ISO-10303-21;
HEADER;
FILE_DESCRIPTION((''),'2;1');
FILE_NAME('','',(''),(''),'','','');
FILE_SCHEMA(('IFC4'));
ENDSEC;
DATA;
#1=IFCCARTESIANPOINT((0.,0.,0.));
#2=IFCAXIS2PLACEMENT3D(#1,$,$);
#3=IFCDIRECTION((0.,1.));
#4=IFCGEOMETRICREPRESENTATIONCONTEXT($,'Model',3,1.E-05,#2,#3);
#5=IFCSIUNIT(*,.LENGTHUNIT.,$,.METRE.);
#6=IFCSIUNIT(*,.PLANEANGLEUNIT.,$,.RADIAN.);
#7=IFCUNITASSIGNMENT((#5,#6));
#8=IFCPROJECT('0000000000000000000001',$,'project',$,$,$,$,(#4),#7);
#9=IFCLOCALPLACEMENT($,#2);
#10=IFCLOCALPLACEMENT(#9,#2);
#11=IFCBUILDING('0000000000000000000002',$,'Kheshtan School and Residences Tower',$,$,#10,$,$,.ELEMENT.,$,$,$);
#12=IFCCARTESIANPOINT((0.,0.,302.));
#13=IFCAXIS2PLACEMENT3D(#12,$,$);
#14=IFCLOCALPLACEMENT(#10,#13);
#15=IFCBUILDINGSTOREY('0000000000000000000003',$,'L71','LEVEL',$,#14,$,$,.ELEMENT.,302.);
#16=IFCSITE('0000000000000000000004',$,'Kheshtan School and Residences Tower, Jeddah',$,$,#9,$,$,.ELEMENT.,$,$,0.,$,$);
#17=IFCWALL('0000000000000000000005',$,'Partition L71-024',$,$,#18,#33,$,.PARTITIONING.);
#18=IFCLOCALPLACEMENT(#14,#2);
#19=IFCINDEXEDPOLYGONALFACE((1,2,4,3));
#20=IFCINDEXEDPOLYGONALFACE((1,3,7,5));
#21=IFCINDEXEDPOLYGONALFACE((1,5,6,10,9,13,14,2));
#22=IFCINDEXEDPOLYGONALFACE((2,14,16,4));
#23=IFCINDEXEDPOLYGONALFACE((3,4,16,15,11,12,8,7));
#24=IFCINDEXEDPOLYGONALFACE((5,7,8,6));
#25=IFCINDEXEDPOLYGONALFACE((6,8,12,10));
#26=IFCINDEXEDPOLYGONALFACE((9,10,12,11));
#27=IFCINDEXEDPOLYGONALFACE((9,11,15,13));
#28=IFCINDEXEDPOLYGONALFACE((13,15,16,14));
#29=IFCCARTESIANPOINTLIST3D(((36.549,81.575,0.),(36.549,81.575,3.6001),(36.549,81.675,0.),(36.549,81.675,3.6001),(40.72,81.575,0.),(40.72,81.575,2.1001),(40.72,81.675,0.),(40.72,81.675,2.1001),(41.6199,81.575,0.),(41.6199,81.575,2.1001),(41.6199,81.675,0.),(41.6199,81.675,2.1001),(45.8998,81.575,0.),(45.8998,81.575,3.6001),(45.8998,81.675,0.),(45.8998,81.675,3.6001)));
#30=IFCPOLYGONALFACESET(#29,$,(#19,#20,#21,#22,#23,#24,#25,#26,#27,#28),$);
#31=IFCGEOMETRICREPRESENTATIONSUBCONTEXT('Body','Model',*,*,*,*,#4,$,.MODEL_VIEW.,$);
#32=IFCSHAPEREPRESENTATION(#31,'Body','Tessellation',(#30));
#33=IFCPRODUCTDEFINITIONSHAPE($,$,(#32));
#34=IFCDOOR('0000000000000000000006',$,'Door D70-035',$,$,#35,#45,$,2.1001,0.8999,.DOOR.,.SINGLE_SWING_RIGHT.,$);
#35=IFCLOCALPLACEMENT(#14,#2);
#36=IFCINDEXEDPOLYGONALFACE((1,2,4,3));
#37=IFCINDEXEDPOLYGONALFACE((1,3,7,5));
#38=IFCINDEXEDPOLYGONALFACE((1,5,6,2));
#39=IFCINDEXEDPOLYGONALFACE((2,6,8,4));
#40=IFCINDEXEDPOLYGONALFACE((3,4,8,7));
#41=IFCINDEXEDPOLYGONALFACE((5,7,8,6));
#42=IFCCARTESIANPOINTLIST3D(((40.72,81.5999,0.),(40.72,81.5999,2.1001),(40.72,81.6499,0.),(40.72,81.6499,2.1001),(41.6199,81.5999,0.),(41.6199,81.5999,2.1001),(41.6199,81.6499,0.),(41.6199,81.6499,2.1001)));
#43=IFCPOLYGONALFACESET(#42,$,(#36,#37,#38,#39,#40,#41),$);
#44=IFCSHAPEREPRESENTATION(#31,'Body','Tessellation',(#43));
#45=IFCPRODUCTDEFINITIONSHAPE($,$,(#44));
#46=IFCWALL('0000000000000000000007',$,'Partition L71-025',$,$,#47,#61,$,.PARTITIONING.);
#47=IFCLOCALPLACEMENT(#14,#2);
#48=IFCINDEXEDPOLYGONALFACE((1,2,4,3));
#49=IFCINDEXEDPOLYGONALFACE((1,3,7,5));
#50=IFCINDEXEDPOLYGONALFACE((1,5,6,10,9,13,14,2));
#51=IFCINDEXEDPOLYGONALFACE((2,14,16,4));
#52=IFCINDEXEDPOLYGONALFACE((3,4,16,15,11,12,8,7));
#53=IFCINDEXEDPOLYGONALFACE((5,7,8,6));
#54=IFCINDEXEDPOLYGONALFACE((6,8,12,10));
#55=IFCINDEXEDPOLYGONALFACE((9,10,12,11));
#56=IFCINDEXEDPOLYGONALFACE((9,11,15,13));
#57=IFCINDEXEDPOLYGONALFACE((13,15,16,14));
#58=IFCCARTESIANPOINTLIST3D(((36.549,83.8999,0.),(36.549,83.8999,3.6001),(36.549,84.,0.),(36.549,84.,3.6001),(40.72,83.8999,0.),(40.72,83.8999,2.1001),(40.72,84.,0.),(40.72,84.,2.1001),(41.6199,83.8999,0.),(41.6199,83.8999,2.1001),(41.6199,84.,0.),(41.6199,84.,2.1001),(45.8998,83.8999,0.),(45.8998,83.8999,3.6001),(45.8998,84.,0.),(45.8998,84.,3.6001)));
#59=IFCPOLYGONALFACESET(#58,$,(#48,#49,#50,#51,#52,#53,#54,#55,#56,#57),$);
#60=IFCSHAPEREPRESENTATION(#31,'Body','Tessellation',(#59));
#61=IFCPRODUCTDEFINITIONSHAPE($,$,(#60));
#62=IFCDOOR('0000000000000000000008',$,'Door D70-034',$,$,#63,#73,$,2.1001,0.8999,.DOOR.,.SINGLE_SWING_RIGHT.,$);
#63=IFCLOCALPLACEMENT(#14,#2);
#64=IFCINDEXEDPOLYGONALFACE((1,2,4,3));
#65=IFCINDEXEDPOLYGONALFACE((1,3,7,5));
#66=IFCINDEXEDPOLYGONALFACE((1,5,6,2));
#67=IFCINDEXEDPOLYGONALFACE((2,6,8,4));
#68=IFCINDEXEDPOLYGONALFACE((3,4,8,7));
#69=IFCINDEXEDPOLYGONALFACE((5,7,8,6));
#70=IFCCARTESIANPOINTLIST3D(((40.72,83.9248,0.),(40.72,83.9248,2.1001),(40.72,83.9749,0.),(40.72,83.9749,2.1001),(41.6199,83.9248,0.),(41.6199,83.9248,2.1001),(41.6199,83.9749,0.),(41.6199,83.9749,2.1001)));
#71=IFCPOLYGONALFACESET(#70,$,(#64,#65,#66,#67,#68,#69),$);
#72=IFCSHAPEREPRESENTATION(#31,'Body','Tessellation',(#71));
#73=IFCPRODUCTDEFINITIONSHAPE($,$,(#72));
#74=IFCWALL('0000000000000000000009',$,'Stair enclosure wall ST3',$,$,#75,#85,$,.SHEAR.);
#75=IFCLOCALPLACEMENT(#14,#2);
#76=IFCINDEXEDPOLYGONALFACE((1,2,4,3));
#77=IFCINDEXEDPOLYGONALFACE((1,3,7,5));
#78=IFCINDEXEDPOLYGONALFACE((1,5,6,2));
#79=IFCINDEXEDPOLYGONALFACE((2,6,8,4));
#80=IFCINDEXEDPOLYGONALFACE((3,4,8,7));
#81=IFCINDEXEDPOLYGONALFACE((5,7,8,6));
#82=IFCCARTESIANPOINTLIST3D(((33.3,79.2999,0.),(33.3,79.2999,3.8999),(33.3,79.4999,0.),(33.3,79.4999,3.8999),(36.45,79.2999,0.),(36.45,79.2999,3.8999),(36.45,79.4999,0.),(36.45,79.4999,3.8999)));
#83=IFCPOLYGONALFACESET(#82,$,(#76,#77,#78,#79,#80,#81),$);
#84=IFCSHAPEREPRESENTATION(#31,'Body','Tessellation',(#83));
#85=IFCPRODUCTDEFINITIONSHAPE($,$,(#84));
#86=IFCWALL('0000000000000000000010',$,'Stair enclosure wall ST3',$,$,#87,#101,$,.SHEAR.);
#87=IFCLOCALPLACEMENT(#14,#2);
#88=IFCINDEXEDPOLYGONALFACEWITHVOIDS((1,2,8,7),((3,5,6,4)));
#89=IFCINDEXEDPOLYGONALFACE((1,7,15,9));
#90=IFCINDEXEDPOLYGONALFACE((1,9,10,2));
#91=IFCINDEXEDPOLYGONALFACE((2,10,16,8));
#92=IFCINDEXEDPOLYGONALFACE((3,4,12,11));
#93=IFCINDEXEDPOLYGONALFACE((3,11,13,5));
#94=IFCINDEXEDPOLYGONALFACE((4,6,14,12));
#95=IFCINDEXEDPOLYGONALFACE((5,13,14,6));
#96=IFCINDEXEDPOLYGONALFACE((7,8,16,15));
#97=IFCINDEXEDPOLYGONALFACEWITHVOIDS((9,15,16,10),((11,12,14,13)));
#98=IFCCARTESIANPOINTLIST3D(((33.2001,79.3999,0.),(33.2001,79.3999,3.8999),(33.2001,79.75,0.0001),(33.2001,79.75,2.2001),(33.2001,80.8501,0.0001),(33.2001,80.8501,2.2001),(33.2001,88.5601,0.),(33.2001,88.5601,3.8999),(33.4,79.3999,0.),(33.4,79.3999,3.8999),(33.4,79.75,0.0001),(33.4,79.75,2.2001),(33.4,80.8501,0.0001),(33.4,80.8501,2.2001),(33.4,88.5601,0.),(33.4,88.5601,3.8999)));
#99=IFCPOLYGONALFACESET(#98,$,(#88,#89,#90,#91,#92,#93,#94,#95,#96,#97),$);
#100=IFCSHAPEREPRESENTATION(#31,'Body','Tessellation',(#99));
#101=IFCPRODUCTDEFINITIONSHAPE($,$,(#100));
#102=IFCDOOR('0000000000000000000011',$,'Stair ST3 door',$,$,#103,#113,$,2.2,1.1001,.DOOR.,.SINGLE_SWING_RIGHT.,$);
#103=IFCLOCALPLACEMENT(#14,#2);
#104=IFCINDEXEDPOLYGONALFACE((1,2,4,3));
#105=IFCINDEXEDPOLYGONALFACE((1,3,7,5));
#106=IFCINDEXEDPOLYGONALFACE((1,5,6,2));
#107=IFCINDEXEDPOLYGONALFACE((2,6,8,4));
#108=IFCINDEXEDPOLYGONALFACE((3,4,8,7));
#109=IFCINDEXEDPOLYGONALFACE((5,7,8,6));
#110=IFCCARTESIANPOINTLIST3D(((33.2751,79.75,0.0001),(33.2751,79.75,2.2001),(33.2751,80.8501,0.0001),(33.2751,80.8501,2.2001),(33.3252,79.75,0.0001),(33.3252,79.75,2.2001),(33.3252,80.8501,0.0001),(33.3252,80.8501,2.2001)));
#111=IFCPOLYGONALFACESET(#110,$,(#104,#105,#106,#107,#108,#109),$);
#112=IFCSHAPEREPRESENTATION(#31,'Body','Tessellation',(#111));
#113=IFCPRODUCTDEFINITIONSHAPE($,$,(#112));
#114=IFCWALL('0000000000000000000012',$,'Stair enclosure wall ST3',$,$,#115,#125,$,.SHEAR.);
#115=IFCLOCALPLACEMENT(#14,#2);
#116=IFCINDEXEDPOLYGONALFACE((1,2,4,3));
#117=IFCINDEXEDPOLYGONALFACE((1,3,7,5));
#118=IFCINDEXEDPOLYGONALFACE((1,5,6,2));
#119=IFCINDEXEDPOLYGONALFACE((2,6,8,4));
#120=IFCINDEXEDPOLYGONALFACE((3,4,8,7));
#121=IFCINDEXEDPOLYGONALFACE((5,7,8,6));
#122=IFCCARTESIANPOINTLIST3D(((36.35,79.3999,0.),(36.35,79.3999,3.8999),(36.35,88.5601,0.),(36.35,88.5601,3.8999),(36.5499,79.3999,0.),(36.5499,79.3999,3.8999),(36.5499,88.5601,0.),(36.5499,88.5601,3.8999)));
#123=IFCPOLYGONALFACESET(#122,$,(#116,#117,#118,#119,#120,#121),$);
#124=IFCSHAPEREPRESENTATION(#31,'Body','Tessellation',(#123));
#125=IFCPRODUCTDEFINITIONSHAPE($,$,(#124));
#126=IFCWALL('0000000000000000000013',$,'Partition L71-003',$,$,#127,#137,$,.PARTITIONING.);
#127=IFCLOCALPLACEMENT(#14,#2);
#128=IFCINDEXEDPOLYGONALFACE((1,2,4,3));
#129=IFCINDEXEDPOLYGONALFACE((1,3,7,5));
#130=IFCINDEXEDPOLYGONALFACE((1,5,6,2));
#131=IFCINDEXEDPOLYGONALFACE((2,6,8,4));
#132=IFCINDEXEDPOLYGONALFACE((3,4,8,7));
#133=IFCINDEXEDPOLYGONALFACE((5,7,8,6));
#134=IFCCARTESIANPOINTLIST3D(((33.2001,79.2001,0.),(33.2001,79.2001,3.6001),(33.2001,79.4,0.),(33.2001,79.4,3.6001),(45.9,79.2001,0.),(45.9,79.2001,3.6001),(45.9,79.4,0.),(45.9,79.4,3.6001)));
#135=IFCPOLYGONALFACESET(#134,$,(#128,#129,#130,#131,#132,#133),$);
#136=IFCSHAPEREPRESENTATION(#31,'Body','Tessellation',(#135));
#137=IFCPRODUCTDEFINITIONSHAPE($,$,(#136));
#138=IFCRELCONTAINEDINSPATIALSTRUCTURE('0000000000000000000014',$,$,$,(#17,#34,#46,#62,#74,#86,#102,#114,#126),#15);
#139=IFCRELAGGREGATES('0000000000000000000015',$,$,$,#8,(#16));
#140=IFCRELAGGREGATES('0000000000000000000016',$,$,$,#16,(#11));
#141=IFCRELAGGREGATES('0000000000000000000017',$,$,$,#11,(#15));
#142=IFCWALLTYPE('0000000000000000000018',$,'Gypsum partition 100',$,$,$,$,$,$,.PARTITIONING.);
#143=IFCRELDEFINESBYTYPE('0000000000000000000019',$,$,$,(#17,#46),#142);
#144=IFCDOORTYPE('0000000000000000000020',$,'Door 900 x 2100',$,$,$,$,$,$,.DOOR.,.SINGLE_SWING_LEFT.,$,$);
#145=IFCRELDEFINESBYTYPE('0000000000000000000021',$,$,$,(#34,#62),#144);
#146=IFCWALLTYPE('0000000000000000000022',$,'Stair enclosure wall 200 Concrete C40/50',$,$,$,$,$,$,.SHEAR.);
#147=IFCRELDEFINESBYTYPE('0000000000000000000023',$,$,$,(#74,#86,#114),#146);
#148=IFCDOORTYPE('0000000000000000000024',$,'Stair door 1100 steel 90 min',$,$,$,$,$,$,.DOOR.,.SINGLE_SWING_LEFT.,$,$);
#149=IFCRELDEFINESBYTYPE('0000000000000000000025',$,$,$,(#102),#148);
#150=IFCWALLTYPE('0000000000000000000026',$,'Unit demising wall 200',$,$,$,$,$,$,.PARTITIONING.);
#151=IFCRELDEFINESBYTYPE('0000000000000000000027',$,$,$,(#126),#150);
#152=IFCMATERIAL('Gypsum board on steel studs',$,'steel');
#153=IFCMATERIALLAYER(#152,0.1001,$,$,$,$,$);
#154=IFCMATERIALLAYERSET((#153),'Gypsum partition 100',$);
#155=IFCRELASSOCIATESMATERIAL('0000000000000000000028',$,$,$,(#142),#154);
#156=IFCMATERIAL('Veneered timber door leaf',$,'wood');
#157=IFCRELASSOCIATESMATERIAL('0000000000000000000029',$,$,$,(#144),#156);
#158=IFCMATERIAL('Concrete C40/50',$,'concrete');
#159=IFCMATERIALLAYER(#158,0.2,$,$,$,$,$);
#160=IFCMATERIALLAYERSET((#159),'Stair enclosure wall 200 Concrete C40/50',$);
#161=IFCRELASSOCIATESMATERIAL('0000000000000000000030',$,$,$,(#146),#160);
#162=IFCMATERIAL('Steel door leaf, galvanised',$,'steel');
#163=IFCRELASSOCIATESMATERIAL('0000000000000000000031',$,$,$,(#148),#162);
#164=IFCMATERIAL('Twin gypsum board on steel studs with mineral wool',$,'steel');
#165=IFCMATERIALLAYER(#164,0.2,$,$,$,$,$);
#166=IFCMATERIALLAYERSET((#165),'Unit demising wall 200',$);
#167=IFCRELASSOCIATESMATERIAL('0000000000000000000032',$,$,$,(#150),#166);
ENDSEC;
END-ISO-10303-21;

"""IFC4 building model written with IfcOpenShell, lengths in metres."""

from ifc_helpers import new_model, si_unit, direction, frame, frame_2d, origin, place, context, subcontext, project, spatial, rectangle, extrude, source, transform, mapped, material, layer, layer_set, type_object, element, fill, save


model = new_model("IFC4")

# Units and contexts
model_context = context("Model", 3, precision=1e-05, world=origin(), true_north=direction((0.0, 1.0)))
body_context = subcontext(model_context, "Body", "Model", "MODEL_VIEW")
ifc_project = project(units=[si_unit("LENGTHUNIT", "METRE"), si_unit("PLANEANGLEUNIT", "RADIAN")], contexts=[model_context])

# Site, building, storey
site_placement = place(None, origin())
site = spatial("IfcSite", under=ifc_project, at=site_placement, Name="Kheshtan School and Residences Tower, Jeddah", CompositionType="ELEMENT", RefElevation=0.0)
building_placement = place(site_placement, origin())
building = spatial("IfcBuilding", under=site, at=building_placement, Name="Kheshtan School and Residences Tower", CompositionType="ELEMENT")
storey_placement = place(building_placement, frame((0.0, 0.0, 302.0)))
storey = spatial("IfcBuildingStorey", under=building, at=storey_placement, Name="L71", Description="LEVEL", CompositionType="ELEMENT", Elevation=302.0)

# Walls, openings, doors
ifc_material_1 = material(Name="Gypsum board on steel studs", Category="steel")
ifc_layer_1 = layer(ifc_material_1, 0.1001)
ifc_layer_set_1 = layer_set([ifc_layer_1], Name="Gypsum partition 100")
wall_type_1 = type_object("IfcWallType", Name="Gypsum partition 100", PredefinedType="PARTITIONING", material=ifc_layer_set_1)
wall_1_placement = place(storey_placement, frame((36.5491, 81.625, 0.0), z_axis=(0.0, 0.0, 1.0), x_axis=(1.0, 0.0, 0.0)))
wall_1 = element("IfcWall", 1, at=wall_1_placement, inside=storey, type_object=wall_type_1, Name="Partition L71-024", PredefinedType="PARTITIONING", context=body_context, shape_type="SweptSolid", body=[
    extrude(rectangle(XDim=9.3508, YDim=0.1001, at=frame_2d((4.6753, 0.0))), origin(), (0.0, 0.0, 1.0), 3.6001),
])
opening_1_placement = place(wall_1_placement, frame((4.1709, 0.0, 0.0)))
opening_1 = element("IfcOpeningElement", 2, at=opening_1_placement, cuts=wall_1, PredefinedType="OPENING", context=body_context, shape_type="SweptSolid", body=[
    extrude(rectangle(XDim=0.8999, YDim=2.1001, at=frame_2d((0.45, 1.05))), frame((0.0, 0.0601, 0.0), z_axis=(0.0, -1.0, 0.0), x_axis=(1.0, 0.0, 0.0)), (0.0, 0.0, 1.0), 0.1201),
])
ifc_material_2 = material(Name="Veneered timber door leaf", Category="wood")
door_type_1 = type_object("IfcDoorType", Name="Door 900 x 2100", OperationType="SINGLE_SWING_LEFT", PredefinedType="DOOR", material=ifc_material_2)
shared_shape_1 = source(origin(), body_context, "Body", "SweptSolid", [
    extrude(rectangle(XDim=0.8999, YDim=2.1001, at=frame_2d((0.45, 1.05))), frame((0.0, 0.0249, 0.0), z_axis=(0.0, -1.0, 0.0), x_axis=(1.0, 0.0, 0.0)), (0.0, 0.0, 1.0), 0.05),
])
door_1_placement = place(opening_1_placement, origin())
door_1 = element("IfcDoor", 3, at=door_1_placement, inside=storey, type_object=door_type_1, Name="Door D70-035", OperationType="SINGLE_SWING_RIGHT", OverallHeight=2.1001, OverallWidth=0.8999, PredefinedType="DOOR", context=body_context, shape_type="MappedRepresentation", body=[
    mapped(shared_shape_1, transform((0.0, 0.0, 0.0), x_axis=(1.0, 0.0, 0.0), y_axis=(0.0, 1.0, 0.0), z_axis=(0.0, 0.0, 1.0), scale=1.0)),
])
fill(opening_1, door_1)
wall_2_placement = place(storey_placement, frame((36.5491, 83.95, 0.0), z_axis=(0.0, 0.0, 1.0), x_axis=(1.0, 0.0, 0.0)))
wall_2 = element("IfcWall", 4, at=wall_2_placement, inside=storey, type_object=wall_type_1, Name="Partition L71-025", PredefinedType="PARTITIONING", context=body_context, shape_type="SweptSolid", body=[
    extrude(rectangle(XDim=9.3508, YDim=0.1001, at=frame_2d((4.6753, 0.0))), origin(), (0.0, 0.0, 1.0), 3.6001),
])
opening_2_placement = place(wall_2_placement, frame((4.1709, 0.0, 0.0)))
opening_2 = element("IfcOpeningElement", 5, at=opening_2_placement, cuts=wall_2, PredefinedType="OPENING", context=body_context, shape_type="SweptSolid", body=[
    extrude(rectangle(XDim=0.8999, YDim=2.1001, at=frame_2d((0.45, 1.05))), frame((0.0, 0.0601, 0.0), z_axis=(0.0, -1.0, 0.0), x_axis=(1.0, 0.0, 0.0)), (0.0, 0.0, 1.0), 0.1201),
])
door_2_placement = place(opening_2_placement, origin())
door_2 = element("IfcDoor", 6, at=door_2_placement, inside=storey, type_object=door_type_1, Name="Door D70-034", OperationType="SINGLE_SWING_RIGHT", OverallHeight=2.1001, OverallWidth=0.8999, PredefinedType="DOOR", context=body_context, shape_type="MappedRepresentation", body=[
    mapped(shared_shape_1, transform((0.0, 0.0, 0.0), x_axis=(1.0, 0.0, 0.0), y_axis=(0.0, 1.0, 0.0), z_axis=(0.0, 0.0, 1.0), scale=1.0)),
])
fill(opening_2, door_2)

# Wall
ifc_material_3 = material(Name="Concrete C40/50", Category="concrete")
ifc_layer_2 = layer(ifc_material_3, 0.2)
ifc_layer_set_2 = layer_set([ifc_layer_2], Name="Stair enclosure wall 200 Concrete C40/50")
wall_type_2 = type_object("IfcWallType", Name="Stair enclosure wall 200 Concrete C40/50", PredefinedType="SHEAR", material=ifc_layer_set_2)
wall_3_placement = place(storey_placement, frame((33.3, 79.3999, 0.0), z_axis=(0.0, 0.0, 1.0), x_axis=(1.0, 0.0, 0.0)))
element("IfcWall", 7, at=wall_3_placement, inside=storey, type_object=wall_type_2, Name="Stair enclosure wall ST3", PredefinedType="SHEAR", context=body_context, shape_type="SweptSolid", body=[
    extrude(rectangle(XDim=3.1499, YDim=0.2, at=frame_2d((1.575, 0.0))), origin(), (0.0, 0.0, 1.0), 3.8999),
])

# Wall, opening, door
wall_4_placement = place(storey_placement, frame((33.3, 79.3999, 0.0), z_axis=(0.0, 0.0, 1.0), x_axis=(0.0, 1.0, 0.0)))
wall_4 = element("IfcWall", 8, at=wall_4_placement, inside=storey, type_object=wall_type_2, Name="Stair enclosure wall ST3", PredefinedType="SHEAR", context=body_context, shape_type="SweptSolid", body=[
    extrude(rectangle(XDim=9.1602, YDim=0.2, at=frame_2d((4.5801, 0.0))), origin(), (0.0, 0.0, 1.0), 3.8999),
])
opening_3_placement = place(wall_4_placement, frame((0.3501, 0.0, 0.0)))
opening_3 = element("IfcOpeningElement", 9, at=opening_3_placement, cuts=wall_4, PredefinedType="OPENING", context=body_context, shape_type="SweptSolid", body=[
    extrude(rectangle(XDim=1.1001, YDim=2.2, at=frame_2d((0.55, 1.1001))), frame((0.0, 0.1099, 0.0), z_axis=(0.0, -1.0, 0.0), x_axis=(1.0, 0.0, 0.0)), (0.0, 0.0, 1.0), 0.22),
])
ifc_material_4 = material(Name="Steel door leaf, galvanised", Category="steel")
door_type_2 = type_object("IfcDoorType", Name="Stair door 1100 steel 90 min", OperationType="SINGLE_SWING_LEFT", PredefinedType="DOOR", material=ifc_material_4)
shared_shape_2 = source(origin(), body_context, "Body", "SweptSolid", [
    extrude(rectangle(XDim=1.1001, YDim=2.2, at=frame_2d((0.55, 1.1001))), frame((0.0, 0.0249, 0.0), z_axis=(0.0, -1.0, 0.0), x_axis=(1.0, 0.0, 0.0)), (0.0, 0.0, 1.0), 0.05),
])
door_3_placement = place(opening_3_placement, origin())
door_3 = element("IfcDoor", 10, at=door_3_placement, inside=storey, type_object=door_type_2, Name="Stair ST3 door", OperationType="SINGLE_SWING_RIGHT", OverallHeight=2.2, OverallWidth=1.1001, PredefinedType="DOOR", context=body_context, shape_type="MappedRepresentation", body=[
    mapped(shared_shape_2, transform((0.0, 0.0, 0.0), x_axis=(1.0, 0.0, 0.0), y_axis=(0.0, 1.0, 0.0), z_axis=(0.0, 0.0, 1.0), scale=1.0)),
])
fill(opening_3, door_3)

# Walls
wall_5_placement = place(storey_placement, frame((36.45, 79.3999, 0.0), z_axis=(0.0, 0.0, 1.0), x_axis=(0.0, 1.0, 0.0)))
element("IfcWall", 11, at=wall_5_placement, inside=storey, type_object=wall_type_2, Name="Stair enclosure wall ST3", PredefinedType="SHEAR", context=body_context, shape_type="SweptSolid", body=[
    extrude(rectangle(XDim=9.1602, YDim=0.2, at=frame_2d((4.5801, 0.0))), origin(), (0.0, 0.0, 1.0), 3.8999),
])
ifc_material_5 = material(Name="Twin gypsum board on steel studs with mineral wool", Category="steel")
ifc_layer_3 = layer(ifc_material_5, 0.2)
ifc_layer_set_3 = layer_set([ifc_layer_3], Name="Unit demising wall 200")
wall_type_3 = type_object("IfcWallType", Name="Unit demising wall 200", PredefinedType="PARTITIONING", material=ifc_layer_set_3)
wall_6_placement = place(storey_placement, frame((33.2, 79.3, 0.0), z_axis=(0.0, 0.0, 1.0), x_axis=(1.0, 0.0, 0.0)))
element("IfcWall", 12, at=wall_6_placement, inside=storey, type_object=wall_type_3, Name="Partition L71-003", PredefinedType="PARTITIONING", context=body_context, shape_type="SweptSolid", body=[
    extrude(rectangle(XDim=12.7, YDim=0.2, at=frame_2d((6.3501, 0.0))), origin(), (0.0, 0.0, 1.0), 3.6001),
])

save(model, "model.ifc")
